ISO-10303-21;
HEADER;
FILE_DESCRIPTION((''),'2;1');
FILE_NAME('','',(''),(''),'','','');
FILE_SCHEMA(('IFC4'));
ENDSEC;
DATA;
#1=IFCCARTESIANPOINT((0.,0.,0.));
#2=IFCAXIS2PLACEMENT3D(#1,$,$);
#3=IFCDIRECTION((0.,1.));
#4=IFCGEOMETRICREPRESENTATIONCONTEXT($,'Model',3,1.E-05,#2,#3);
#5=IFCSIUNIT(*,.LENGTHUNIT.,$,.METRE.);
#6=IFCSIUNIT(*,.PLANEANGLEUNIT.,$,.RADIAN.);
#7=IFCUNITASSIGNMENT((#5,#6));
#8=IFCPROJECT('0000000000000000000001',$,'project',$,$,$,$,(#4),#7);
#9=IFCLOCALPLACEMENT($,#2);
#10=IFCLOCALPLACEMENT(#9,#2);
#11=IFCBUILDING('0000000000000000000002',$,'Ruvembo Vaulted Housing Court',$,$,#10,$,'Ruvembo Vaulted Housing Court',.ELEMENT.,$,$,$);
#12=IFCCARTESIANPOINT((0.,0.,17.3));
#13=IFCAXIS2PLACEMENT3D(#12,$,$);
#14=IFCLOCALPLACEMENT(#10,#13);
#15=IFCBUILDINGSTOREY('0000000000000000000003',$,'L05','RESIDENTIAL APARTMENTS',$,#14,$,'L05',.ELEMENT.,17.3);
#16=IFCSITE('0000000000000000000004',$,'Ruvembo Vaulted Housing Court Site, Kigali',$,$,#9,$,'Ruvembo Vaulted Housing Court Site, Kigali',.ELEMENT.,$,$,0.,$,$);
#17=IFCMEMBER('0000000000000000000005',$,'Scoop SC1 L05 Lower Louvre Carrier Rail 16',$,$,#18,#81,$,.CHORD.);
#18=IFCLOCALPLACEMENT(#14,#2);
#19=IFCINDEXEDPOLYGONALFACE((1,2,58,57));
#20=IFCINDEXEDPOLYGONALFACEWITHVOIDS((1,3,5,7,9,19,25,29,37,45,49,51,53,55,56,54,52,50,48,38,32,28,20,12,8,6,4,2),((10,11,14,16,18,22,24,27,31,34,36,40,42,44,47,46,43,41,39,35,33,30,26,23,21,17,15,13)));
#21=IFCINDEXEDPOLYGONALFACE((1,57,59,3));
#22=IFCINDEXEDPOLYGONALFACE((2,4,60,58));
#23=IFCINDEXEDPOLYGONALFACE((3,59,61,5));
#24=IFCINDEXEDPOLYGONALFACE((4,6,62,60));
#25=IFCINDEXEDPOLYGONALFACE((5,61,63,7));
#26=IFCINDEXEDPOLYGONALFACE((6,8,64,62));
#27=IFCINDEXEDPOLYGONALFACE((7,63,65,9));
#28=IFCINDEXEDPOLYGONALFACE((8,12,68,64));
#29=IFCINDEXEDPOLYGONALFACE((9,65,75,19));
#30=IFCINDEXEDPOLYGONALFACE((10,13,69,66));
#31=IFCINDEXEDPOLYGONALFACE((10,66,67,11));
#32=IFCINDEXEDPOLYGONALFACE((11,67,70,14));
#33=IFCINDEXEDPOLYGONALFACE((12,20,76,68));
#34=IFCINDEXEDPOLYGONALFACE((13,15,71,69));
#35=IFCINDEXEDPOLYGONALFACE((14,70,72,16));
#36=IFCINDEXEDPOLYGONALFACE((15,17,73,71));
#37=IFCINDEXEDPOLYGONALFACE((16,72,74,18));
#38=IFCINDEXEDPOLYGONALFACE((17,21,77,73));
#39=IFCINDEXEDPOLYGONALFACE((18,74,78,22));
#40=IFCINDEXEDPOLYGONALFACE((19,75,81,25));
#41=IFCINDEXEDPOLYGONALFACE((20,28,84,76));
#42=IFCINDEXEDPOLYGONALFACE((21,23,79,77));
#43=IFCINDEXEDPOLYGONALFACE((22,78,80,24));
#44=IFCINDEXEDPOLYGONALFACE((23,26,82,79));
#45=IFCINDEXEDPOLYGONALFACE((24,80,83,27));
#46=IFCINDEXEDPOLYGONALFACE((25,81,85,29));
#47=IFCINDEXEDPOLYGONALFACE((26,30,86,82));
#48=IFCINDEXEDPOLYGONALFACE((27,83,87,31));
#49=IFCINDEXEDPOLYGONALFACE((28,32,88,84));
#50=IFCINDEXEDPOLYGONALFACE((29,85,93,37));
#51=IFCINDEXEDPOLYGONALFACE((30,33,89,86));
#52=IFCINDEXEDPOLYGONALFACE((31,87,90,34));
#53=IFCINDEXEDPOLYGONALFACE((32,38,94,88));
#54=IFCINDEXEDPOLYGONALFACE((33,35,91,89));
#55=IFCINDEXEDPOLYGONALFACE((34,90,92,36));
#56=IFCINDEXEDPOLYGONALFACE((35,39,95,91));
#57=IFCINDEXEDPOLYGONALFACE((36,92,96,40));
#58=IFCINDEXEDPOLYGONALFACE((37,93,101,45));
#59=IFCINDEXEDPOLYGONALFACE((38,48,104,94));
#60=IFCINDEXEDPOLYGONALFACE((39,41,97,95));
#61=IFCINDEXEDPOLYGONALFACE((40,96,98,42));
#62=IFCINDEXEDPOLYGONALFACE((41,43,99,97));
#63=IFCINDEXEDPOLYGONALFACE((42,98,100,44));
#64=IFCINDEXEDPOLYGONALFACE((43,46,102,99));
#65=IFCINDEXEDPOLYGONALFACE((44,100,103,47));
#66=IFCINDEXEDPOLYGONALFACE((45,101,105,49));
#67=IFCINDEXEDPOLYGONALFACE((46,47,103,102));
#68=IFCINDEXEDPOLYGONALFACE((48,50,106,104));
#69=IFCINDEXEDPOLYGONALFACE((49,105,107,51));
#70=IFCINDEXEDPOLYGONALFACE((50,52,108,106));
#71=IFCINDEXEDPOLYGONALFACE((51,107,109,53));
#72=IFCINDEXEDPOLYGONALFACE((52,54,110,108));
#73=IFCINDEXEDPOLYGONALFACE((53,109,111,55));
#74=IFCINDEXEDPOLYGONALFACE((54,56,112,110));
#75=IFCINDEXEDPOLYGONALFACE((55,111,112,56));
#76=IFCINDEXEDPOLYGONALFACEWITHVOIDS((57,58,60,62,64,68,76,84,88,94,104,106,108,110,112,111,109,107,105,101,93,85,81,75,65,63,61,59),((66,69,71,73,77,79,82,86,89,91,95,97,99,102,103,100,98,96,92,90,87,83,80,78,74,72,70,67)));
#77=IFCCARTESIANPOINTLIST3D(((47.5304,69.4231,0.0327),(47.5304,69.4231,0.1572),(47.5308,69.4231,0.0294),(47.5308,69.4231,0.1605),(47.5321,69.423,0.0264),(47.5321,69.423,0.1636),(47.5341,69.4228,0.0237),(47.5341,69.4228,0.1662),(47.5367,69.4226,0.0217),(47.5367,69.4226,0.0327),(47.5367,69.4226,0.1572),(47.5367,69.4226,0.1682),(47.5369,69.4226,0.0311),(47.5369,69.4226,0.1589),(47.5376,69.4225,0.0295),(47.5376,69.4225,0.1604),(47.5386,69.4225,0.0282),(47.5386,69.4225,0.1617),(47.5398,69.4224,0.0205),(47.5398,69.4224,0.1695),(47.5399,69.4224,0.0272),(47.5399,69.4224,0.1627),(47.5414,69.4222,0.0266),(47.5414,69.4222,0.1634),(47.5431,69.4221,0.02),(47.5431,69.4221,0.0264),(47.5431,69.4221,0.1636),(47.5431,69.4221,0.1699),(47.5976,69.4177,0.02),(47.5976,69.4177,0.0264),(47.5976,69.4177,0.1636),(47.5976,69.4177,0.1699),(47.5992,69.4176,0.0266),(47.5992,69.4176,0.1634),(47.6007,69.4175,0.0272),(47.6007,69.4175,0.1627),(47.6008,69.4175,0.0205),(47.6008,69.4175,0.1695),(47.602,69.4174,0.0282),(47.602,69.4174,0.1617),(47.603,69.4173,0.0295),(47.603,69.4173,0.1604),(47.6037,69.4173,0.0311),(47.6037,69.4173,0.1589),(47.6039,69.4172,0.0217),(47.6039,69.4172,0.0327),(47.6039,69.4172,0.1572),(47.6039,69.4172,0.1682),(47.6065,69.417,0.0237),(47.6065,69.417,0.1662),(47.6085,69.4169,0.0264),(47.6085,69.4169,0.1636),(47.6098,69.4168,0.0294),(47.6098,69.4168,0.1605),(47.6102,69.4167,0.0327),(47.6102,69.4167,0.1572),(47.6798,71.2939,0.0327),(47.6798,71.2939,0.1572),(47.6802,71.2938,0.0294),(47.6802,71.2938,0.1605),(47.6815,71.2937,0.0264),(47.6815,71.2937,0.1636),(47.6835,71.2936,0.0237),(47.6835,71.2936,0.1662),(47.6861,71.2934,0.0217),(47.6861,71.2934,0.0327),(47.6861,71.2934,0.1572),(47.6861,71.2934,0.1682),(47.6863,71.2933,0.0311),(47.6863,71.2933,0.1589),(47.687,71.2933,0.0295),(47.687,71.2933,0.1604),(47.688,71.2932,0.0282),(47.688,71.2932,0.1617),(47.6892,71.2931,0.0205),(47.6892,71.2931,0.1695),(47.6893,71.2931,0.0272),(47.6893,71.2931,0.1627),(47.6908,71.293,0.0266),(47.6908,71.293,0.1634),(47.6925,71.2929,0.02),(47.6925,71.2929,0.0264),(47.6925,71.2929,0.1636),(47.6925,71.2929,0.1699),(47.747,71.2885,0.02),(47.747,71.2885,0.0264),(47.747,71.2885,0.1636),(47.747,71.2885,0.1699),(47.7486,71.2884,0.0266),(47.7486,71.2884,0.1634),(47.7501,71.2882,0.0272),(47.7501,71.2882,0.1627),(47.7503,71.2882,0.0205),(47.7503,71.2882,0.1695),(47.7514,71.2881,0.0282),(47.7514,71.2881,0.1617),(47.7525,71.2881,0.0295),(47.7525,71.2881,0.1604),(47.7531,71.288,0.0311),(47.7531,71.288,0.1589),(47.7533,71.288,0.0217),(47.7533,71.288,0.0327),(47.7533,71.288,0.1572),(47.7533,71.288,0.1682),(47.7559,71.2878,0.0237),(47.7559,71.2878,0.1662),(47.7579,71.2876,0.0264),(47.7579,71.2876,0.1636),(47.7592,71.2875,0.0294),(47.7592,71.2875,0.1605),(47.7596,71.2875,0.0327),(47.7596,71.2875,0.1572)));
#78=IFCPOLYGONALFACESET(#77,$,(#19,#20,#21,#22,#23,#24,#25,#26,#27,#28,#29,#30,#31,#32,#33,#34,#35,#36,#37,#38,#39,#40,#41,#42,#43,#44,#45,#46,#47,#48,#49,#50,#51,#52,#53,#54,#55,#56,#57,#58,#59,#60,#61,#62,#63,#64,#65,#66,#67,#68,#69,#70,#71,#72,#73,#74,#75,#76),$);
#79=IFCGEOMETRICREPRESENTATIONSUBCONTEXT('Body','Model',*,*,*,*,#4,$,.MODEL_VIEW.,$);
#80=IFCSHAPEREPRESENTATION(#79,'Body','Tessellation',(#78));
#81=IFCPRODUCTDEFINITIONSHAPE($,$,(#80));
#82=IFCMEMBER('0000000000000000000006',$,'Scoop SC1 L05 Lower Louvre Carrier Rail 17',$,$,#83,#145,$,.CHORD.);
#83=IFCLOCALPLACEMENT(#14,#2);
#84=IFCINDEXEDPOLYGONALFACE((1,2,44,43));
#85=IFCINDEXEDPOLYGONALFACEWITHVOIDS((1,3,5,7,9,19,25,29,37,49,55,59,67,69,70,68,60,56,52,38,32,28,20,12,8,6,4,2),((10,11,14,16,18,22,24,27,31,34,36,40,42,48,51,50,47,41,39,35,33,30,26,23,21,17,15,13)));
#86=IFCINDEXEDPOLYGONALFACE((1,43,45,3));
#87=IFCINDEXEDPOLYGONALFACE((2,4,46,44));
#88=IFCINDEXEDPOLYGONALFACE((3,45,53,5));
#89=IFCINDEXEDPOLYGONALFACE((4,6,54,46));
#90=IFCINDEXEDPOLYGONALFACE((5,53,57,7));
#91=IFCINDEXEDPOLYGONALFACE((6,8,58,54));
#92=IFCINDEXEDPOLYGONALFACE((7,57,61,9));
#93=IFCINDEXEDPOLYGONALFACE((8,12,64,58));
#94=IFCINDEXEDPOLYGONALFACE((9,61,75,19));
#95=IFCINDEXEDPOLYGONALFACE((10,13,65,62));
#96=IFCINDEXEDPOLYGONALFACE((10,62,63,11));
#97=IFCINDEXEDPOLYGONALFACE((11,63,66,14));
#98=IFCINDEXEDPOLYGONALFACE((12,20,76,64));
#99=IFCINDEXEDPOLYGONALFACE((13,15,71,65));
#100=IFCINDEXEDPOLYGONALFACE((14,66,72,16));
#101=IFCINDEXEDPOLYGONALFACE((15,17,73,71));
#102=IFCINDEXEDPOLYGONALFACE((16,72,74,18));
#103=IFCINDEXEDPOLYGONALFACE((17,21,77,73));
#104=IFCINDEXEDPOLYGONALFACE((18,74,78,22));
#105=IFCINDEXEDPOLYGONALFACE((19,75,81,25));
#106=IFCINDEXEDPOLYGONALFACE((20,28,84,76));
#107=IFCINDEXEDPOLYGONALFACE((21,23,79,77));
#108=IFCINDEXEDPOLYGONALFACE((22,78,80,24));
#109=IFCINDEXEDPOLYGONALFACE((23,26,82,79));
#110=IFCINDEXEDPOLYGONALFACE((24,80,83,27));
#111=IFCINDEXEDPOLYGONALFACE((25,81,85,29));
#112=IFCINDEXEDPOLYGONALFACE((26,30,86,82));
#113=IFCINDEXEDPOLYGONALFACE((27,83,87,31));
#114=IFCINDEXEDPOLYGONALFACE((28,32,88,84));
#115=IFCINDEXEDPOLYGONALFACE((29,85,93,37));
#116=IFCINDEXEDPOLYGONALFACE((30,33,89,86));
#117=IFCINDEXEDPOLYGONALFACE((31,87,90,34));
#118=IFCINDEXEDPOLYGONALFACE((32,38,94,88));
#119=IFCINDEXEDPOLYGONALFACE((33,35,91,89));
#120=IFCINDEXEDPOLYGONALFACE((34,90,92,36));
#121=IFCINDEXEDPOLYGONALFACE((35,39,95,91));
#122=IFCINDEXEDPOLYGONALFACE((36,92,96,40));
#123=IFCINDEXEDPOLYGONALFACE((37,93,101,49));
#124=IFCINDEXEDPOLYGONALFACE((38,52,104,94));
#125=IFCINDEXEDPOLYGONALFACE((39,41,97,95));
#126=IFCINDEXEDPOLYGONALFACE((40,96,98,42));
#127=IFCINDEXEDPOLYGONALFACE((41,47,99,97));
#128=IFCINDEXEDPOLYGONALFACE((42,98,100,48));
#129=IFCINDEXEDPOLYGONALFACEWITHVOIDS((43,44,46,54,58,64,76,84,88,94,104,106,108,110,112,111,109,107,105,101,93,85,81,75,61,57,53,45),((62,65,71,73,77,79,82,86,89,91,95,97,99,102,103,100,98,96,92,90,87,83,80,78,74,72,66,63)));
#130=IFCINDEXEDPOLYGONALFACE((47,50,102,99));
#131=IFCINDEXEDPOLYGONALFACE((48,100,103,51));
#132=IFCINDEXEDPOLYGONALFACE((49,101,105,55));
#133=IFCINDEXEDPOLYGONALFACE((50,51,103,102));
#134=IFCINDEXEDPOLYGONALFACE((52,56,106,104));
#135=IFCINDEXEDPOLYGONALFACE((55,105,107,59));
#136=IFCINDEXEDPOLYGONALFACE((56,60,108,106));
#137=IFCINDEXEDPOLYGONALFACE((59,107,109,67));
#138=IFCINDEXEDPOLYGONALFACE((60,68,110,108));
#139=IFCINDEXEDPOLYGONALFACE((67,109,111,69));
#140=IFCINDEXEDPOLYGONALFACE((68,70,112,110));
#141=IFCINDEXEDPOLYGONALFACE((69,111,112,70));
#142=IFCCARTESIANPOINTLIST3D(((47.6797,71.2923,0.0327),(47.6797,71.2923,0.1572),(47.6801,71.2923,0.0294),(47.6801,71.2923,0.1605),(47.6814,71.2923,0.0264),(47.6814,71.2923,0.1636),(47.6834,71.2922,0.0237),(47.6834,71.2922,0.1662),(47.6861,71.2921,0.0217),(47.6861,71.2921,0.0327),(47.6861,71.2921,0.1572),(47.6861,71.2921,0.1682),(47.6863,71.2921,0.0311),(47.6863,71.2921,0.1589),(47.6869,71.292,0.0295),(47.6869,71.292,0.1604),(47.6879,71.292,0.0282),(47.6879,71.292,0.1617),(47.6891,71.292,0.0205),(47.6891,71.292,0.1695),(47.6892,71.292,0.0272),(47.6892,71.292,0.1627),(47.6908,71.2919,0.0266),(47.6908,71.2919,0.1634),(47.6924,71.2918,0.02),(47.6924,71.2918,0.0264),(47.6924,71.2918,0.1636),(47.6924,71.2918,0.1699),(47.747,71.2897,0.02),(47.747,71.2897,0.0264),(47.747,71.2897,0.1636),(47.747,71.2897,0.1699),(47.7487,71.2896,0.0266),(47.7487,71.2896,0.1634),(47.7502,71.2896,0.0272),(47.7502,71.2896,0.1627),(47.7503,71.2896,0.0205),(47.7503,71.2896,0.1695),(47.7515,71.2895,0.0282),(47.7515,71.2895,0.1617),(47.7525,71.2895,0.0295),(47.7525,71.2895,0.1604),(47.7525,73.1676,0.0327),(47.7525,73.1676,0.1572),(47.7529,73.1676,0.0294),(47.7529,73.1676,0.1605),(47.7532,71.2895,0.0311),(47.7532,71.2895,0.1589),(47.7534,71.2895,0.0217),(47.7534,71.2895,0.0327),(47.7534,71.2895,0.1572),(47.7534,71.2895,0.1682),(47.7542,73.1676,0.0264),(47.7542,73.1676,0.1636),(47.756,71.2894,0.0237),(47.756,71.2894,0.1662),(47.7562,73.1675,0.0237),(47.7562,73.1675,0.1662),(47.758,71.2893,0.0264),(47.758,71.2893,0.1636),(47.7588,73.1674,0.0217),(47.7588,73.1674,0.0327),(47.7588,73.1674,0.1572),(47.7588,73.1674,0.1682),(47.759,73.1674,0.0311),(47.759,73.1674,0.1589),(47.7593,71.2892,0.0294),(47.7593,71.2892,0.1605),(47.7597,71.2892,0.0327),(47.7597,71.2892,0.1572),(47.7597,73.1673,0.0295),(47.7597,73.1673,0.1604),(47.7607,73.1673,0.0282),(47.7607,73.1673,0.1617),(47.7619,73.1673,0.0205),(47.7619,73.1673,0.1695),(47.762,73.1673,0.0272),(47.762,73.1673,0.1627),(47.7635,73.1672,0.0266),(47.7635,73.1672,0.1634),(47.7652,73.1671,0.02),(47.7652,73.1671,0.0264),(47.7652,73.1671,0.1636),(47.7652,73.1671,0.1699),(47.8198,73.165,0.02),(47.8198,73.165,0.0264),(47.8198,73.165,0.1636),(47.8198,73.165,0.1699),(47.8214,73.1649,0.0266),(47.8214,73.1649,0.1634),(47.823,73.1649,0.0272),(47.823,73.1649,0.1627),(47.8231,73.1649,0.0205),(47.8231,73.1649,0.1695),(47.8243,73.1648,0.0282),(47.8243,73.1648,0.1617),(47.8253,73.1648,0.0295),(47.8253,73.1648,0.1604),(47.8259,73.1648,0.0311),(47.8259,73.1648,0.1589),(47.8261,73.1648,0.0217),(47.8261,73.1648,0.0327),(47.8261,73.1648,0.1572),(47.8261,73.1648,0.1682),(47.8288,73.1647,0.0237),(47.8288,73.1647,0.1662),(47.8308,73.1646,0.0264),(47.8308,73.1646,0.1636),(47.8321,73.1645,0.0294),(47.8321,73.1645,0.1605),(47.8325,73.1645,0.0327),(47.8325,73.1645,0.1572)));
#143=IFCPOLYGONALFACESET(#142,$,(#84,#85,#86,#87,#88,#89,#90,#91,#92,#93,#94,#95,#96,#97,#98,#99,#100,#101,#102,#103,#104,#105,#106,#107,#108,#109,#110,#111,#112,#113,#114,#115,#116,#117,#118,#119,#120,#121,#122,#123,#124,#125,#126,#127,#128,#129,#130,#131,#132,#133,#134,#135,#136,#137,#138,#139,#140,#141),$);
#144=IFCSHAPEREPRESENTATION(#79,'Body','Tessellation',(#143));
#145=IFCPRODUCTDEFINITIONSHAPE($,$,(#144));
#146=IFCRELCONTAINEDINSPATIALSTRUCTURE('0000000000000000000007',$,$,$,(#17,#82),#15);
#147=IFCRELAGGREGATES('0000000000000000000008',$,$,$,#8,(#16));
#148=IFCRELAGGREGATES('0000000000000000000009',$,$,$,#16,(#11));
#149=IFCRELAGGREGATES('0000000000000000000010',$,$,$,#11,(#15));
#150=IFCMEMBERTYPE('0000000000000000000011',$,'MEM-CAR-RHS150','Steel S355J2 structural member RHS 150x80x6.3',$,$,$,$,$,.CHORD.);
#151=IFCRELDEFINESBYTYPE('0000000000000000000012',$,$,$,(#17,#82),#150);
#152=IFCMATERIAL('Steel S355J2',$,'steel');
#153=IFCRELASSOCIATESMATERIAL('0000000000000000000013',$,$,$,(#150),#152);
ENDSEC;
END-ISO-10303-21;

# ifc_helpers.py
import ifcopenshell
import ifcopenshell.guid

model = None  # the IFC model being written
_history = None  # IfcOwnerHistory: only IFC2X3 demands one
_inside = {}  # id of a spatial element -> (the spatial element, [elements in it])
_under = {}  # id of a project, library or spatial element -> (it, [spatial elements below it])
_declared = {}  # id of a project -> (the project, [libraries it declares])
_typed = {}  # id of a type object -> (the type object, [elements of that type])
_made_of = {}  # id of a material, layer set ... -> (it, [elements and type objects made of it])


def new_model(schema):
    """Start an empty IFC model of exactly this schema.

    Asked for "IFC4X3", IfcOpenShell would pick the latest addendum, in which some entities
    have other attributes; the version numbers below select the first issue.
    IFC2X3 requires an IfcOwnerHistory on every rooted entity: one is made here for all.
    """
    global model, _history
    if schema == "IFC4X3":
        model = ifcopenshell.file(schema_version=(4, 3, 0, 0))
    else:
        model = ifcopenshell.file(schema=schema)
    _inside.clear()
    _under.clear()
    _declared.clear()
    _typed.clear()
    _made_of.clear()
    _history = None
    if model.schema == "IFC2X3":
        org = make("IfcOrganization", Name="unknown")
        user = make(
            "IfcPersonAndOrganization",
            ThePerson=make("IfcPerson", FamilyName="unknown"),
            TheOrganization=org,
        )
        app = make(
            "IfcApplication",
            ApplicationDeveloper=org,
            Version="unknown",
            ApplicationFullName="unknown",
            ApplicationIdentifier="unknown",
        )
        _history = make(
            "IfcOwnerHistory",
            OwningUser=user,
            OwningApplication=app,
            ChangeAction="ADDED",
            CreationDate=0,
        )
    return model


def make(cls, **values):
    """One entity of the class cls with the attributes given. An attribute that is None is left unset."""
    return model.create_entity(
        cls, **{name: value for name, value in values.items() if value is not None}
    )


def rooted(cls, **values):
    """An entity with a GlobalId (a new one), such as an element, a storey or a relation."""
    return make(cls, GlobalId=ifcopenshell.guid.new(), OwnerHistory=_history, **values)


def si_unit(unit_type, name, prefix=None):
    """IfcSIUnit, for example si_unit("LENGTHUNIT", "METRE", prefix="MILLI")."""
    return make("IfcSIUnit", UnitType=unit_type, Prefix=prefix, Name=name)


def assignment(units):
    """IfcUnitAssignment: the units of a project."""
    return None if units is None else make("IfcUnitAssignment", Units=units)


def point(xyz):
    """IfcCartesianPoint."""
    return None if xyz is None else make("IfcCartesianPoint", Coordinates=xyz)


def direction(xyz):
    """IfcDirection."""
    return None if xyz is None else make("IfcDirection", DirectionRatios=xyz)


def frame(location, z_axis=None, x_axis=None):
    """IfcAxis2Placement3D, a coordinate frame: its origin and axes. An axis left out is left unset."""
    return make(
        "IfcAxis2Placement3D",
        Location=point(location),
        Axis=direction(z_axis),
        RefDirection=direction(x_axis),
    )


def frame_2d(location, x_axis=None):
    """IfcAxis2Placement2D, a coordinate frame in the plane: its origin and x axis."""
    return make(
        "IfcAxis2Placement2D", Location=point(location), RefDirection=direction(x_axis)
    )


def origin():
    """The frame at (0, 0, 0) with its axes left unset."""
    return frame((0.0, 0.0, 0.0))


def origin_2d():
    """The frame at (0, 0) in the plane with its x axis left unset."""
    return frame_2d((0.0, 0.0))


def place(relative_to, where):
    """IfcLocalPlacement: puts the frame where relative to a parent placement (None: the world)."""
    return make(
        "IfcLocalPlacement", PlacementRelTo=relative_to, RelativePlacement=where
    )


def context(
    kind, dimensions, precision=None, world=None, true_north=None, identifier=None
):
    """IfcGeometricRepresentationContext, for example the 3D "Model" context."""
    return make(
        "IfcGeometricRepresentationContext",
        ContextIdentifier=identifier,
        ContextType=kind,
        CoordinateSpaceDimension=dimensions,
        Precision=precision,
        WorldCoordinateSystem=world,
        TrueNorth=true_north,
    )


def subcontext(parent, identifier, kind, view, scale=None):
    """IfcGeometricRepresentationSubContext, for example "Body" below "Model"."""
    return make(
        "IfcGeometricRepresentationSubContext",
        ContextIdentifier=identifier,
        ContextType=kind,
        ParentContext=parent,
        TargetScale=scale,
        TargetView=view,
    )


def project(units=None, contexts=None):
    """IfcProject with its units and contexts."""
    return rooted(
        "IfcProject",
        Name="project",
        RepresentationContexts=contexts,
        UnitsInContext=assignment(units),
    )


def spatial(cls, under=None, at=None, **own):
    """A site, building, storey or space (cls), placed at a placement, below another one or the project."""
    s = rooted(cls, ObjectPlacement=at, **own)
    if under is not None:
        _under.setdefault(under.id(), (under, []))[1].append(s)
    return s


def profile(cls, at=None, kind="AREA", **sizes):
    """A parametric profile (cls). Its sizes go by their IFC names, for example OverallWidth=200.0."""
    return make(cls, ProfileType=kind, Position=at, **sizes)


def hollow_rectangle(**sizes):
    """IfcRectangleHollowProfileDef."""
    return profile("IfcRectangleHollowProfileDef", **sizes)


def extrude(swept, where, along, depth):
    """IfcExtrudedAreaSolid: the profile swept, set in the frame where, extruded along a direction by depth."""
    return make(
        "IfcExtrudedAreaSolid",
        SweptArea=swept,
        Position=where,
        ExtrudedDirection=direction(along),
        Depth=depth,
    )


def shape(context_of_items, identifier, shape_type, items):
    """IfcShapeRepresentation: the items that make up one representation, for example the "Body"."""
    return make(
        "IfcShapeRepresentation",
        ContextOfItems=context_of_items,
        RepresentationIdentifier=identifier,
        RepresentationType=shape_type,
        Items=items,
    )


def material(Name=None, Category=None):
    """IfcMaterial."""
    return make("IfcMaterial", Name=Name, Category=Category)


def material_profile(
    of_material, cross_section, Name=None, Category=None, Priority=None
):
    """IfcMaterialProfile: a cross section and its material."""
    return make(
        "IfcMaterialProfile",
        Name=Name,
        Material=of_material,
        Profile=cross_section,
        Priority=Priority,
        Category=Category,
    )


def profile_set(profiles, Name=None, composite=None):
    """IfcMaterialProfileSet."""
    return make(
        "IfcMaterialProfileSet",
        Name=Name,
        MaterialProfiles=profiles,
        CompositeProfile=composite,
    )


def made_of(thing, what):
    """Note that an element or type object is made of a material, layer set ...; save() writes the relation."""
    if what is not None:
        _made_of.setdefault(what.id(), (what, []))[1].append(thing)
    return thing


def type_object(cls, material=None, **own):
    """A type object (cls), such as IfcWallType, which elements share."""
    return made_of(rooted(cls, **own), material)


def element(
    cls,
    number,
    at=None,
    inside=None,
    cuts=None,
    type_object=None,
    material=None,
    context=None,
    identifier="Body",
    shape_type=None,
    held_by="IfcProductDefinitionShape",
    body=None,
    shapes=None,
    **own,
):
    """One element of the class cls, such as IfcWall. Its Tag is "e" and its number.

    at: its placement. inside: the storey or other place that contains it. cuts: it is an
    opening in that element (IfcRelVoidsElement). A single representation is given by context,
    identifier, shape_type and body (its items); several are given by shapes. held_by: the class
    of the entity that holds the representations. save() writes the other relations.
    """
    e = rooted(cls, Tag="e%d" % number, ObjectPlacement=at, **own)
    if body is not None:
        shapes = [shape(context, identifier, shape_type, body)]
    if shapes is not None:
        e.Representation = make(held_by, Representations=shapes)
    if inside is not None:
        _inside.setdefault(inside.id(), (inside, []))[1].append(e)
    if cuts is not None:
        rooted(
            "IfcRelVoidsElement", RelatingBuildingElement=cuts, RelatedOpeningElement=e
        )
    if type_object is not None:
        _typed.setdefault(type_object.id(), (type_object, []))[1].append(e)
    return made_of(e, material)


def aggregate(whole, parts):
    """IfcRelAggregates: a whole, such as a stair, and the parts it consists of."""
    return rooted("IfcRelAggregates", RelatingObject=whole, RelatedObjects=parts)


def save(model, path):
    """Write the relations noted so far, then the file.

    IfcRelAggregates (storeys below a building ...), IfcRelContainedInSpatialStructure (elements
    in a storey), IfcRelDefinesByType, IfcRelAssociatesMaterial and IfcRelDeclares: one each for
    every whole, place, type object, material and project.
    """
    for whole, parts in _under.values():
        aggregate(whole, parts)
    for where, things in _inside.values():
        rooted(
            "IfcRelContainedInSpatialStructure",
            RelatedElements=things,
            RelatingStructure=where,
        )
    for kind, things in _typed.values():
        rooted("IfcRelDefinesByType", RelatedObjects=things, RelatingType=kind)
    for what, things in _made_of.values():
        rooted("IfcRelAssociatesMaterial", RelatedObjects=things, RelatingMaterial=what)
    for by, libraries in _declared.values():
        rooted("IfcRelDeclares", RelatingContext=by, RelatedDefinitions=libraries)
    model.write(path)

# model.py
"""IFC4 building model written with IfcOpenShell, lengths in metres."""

from ifc_helpers import new_model, si_unit, direction, frame, origin, origin_2d, place, context, subcontext, project, spatial, hollow_rectangle, extrude, material, material_profile, profile_set, type_object, element, save


model = new_model("IFC4")

# Units and contexts
model_context = context("Model", 3, precision=1e-05, world=origin(), true_north=direction((0.0, 1.0)))
body_context = subcontext(model_context, "Body", "Model", "MODEL_VIEW")
ifc_project = project(units=[si_unit("LENGTHUNIT", "METRE"), si_unit("PLANEANGLEUNIT", "RADIAN")], contexts=[model_context])

# Site, building, storey
site_placement = place(None, origin())
site = spatial("IfcSite", under=ifc_project, at=site_placement, Name="Ruvembo Vaulted Housing Court Site, Kigali", LongName="Ruvembo Vaulted Housing Court Site, Kigali", CompositionType="ELEMENT", RefElevation=0.0)
building_placement = place(site_placement, origin())
building = spatial("IfcBuilding", under=site, at=building_placement, Name="Ruvembo Vaulted Housing Court", LongName="Ruvembo Vaulted Housing Court", CompositionType="ELEMENT")
storey_placement = place(building_placement, frame((0.0, 0.0, 17.3)))
storey = spatial("IfcBuildingStorey", under=building, at=storey_placement, Name="L05", Description="RESIDENTIAL APARTMENTS", LongName="L05", CompositionType="ELEMENT", Elevation=17.3)

# Shared definitions
ifc_material_1 = material(Name="Steel S355J2", Category="steel")

# Members
ifc_material_profile_1 = material_profile(ifc_material_1, hollow_rectangle(XDim=0.0801, YDim=0.1499, WallThickness=0.0063, InnerFilletRadius=0.0063, OuterFilletRadius=0.0127, at=origin_2d()), Name="RHS 150x80x6.3")
ifc_profile_set_1 = profile_set([ifc_material_profile_1], Name="Steel S355J2")
member_type_1 = type_object("IfcMemberType", Name="MEM-CAR-RHS150", Description="Steel S355J2 structural member RHS 150x80x6.3", PredefinedType="CHORD", material=ifc_profile_set_1)
for number, where, z_axis, x_axis, name in (
    (1, (47.5703, 69.4199, 0.095), (0.079611, 0.996826, 0.0), (-0.996826, 0.079611, 0.0), "Scoop SC1 L05 Lower Louvre Carrier Rail 16"),
    (2, (47.7197, 71.2908, 0.095), (0.038768, 0.999248, 0.0), (-0.999248, 0.038768, 0.0), "Scoop SC1 L05 Lower Louvre Carrier Rail 17"),
):
    element("IfcMember", number, at=place(storey_placement, frame(where, z_axis=z_axis, x_axis=x_axis)), inside=storey, type_object=member_type_1, Name=name, PredefinedType="CHORD", context=body_context, shape_type="SweptSolid", body=[
        extrude(hollow_rectangle(XDim=0.0801, YDim=0.1499, WallThickness=0.0063, InnerFilletRadius=0.0063, OuterFilletRadius=0.0127, at=origin_2d()), origin(), (0.0, 0.0, 1.0), 1.8767),
    ])

save(model, "model.ifc")
